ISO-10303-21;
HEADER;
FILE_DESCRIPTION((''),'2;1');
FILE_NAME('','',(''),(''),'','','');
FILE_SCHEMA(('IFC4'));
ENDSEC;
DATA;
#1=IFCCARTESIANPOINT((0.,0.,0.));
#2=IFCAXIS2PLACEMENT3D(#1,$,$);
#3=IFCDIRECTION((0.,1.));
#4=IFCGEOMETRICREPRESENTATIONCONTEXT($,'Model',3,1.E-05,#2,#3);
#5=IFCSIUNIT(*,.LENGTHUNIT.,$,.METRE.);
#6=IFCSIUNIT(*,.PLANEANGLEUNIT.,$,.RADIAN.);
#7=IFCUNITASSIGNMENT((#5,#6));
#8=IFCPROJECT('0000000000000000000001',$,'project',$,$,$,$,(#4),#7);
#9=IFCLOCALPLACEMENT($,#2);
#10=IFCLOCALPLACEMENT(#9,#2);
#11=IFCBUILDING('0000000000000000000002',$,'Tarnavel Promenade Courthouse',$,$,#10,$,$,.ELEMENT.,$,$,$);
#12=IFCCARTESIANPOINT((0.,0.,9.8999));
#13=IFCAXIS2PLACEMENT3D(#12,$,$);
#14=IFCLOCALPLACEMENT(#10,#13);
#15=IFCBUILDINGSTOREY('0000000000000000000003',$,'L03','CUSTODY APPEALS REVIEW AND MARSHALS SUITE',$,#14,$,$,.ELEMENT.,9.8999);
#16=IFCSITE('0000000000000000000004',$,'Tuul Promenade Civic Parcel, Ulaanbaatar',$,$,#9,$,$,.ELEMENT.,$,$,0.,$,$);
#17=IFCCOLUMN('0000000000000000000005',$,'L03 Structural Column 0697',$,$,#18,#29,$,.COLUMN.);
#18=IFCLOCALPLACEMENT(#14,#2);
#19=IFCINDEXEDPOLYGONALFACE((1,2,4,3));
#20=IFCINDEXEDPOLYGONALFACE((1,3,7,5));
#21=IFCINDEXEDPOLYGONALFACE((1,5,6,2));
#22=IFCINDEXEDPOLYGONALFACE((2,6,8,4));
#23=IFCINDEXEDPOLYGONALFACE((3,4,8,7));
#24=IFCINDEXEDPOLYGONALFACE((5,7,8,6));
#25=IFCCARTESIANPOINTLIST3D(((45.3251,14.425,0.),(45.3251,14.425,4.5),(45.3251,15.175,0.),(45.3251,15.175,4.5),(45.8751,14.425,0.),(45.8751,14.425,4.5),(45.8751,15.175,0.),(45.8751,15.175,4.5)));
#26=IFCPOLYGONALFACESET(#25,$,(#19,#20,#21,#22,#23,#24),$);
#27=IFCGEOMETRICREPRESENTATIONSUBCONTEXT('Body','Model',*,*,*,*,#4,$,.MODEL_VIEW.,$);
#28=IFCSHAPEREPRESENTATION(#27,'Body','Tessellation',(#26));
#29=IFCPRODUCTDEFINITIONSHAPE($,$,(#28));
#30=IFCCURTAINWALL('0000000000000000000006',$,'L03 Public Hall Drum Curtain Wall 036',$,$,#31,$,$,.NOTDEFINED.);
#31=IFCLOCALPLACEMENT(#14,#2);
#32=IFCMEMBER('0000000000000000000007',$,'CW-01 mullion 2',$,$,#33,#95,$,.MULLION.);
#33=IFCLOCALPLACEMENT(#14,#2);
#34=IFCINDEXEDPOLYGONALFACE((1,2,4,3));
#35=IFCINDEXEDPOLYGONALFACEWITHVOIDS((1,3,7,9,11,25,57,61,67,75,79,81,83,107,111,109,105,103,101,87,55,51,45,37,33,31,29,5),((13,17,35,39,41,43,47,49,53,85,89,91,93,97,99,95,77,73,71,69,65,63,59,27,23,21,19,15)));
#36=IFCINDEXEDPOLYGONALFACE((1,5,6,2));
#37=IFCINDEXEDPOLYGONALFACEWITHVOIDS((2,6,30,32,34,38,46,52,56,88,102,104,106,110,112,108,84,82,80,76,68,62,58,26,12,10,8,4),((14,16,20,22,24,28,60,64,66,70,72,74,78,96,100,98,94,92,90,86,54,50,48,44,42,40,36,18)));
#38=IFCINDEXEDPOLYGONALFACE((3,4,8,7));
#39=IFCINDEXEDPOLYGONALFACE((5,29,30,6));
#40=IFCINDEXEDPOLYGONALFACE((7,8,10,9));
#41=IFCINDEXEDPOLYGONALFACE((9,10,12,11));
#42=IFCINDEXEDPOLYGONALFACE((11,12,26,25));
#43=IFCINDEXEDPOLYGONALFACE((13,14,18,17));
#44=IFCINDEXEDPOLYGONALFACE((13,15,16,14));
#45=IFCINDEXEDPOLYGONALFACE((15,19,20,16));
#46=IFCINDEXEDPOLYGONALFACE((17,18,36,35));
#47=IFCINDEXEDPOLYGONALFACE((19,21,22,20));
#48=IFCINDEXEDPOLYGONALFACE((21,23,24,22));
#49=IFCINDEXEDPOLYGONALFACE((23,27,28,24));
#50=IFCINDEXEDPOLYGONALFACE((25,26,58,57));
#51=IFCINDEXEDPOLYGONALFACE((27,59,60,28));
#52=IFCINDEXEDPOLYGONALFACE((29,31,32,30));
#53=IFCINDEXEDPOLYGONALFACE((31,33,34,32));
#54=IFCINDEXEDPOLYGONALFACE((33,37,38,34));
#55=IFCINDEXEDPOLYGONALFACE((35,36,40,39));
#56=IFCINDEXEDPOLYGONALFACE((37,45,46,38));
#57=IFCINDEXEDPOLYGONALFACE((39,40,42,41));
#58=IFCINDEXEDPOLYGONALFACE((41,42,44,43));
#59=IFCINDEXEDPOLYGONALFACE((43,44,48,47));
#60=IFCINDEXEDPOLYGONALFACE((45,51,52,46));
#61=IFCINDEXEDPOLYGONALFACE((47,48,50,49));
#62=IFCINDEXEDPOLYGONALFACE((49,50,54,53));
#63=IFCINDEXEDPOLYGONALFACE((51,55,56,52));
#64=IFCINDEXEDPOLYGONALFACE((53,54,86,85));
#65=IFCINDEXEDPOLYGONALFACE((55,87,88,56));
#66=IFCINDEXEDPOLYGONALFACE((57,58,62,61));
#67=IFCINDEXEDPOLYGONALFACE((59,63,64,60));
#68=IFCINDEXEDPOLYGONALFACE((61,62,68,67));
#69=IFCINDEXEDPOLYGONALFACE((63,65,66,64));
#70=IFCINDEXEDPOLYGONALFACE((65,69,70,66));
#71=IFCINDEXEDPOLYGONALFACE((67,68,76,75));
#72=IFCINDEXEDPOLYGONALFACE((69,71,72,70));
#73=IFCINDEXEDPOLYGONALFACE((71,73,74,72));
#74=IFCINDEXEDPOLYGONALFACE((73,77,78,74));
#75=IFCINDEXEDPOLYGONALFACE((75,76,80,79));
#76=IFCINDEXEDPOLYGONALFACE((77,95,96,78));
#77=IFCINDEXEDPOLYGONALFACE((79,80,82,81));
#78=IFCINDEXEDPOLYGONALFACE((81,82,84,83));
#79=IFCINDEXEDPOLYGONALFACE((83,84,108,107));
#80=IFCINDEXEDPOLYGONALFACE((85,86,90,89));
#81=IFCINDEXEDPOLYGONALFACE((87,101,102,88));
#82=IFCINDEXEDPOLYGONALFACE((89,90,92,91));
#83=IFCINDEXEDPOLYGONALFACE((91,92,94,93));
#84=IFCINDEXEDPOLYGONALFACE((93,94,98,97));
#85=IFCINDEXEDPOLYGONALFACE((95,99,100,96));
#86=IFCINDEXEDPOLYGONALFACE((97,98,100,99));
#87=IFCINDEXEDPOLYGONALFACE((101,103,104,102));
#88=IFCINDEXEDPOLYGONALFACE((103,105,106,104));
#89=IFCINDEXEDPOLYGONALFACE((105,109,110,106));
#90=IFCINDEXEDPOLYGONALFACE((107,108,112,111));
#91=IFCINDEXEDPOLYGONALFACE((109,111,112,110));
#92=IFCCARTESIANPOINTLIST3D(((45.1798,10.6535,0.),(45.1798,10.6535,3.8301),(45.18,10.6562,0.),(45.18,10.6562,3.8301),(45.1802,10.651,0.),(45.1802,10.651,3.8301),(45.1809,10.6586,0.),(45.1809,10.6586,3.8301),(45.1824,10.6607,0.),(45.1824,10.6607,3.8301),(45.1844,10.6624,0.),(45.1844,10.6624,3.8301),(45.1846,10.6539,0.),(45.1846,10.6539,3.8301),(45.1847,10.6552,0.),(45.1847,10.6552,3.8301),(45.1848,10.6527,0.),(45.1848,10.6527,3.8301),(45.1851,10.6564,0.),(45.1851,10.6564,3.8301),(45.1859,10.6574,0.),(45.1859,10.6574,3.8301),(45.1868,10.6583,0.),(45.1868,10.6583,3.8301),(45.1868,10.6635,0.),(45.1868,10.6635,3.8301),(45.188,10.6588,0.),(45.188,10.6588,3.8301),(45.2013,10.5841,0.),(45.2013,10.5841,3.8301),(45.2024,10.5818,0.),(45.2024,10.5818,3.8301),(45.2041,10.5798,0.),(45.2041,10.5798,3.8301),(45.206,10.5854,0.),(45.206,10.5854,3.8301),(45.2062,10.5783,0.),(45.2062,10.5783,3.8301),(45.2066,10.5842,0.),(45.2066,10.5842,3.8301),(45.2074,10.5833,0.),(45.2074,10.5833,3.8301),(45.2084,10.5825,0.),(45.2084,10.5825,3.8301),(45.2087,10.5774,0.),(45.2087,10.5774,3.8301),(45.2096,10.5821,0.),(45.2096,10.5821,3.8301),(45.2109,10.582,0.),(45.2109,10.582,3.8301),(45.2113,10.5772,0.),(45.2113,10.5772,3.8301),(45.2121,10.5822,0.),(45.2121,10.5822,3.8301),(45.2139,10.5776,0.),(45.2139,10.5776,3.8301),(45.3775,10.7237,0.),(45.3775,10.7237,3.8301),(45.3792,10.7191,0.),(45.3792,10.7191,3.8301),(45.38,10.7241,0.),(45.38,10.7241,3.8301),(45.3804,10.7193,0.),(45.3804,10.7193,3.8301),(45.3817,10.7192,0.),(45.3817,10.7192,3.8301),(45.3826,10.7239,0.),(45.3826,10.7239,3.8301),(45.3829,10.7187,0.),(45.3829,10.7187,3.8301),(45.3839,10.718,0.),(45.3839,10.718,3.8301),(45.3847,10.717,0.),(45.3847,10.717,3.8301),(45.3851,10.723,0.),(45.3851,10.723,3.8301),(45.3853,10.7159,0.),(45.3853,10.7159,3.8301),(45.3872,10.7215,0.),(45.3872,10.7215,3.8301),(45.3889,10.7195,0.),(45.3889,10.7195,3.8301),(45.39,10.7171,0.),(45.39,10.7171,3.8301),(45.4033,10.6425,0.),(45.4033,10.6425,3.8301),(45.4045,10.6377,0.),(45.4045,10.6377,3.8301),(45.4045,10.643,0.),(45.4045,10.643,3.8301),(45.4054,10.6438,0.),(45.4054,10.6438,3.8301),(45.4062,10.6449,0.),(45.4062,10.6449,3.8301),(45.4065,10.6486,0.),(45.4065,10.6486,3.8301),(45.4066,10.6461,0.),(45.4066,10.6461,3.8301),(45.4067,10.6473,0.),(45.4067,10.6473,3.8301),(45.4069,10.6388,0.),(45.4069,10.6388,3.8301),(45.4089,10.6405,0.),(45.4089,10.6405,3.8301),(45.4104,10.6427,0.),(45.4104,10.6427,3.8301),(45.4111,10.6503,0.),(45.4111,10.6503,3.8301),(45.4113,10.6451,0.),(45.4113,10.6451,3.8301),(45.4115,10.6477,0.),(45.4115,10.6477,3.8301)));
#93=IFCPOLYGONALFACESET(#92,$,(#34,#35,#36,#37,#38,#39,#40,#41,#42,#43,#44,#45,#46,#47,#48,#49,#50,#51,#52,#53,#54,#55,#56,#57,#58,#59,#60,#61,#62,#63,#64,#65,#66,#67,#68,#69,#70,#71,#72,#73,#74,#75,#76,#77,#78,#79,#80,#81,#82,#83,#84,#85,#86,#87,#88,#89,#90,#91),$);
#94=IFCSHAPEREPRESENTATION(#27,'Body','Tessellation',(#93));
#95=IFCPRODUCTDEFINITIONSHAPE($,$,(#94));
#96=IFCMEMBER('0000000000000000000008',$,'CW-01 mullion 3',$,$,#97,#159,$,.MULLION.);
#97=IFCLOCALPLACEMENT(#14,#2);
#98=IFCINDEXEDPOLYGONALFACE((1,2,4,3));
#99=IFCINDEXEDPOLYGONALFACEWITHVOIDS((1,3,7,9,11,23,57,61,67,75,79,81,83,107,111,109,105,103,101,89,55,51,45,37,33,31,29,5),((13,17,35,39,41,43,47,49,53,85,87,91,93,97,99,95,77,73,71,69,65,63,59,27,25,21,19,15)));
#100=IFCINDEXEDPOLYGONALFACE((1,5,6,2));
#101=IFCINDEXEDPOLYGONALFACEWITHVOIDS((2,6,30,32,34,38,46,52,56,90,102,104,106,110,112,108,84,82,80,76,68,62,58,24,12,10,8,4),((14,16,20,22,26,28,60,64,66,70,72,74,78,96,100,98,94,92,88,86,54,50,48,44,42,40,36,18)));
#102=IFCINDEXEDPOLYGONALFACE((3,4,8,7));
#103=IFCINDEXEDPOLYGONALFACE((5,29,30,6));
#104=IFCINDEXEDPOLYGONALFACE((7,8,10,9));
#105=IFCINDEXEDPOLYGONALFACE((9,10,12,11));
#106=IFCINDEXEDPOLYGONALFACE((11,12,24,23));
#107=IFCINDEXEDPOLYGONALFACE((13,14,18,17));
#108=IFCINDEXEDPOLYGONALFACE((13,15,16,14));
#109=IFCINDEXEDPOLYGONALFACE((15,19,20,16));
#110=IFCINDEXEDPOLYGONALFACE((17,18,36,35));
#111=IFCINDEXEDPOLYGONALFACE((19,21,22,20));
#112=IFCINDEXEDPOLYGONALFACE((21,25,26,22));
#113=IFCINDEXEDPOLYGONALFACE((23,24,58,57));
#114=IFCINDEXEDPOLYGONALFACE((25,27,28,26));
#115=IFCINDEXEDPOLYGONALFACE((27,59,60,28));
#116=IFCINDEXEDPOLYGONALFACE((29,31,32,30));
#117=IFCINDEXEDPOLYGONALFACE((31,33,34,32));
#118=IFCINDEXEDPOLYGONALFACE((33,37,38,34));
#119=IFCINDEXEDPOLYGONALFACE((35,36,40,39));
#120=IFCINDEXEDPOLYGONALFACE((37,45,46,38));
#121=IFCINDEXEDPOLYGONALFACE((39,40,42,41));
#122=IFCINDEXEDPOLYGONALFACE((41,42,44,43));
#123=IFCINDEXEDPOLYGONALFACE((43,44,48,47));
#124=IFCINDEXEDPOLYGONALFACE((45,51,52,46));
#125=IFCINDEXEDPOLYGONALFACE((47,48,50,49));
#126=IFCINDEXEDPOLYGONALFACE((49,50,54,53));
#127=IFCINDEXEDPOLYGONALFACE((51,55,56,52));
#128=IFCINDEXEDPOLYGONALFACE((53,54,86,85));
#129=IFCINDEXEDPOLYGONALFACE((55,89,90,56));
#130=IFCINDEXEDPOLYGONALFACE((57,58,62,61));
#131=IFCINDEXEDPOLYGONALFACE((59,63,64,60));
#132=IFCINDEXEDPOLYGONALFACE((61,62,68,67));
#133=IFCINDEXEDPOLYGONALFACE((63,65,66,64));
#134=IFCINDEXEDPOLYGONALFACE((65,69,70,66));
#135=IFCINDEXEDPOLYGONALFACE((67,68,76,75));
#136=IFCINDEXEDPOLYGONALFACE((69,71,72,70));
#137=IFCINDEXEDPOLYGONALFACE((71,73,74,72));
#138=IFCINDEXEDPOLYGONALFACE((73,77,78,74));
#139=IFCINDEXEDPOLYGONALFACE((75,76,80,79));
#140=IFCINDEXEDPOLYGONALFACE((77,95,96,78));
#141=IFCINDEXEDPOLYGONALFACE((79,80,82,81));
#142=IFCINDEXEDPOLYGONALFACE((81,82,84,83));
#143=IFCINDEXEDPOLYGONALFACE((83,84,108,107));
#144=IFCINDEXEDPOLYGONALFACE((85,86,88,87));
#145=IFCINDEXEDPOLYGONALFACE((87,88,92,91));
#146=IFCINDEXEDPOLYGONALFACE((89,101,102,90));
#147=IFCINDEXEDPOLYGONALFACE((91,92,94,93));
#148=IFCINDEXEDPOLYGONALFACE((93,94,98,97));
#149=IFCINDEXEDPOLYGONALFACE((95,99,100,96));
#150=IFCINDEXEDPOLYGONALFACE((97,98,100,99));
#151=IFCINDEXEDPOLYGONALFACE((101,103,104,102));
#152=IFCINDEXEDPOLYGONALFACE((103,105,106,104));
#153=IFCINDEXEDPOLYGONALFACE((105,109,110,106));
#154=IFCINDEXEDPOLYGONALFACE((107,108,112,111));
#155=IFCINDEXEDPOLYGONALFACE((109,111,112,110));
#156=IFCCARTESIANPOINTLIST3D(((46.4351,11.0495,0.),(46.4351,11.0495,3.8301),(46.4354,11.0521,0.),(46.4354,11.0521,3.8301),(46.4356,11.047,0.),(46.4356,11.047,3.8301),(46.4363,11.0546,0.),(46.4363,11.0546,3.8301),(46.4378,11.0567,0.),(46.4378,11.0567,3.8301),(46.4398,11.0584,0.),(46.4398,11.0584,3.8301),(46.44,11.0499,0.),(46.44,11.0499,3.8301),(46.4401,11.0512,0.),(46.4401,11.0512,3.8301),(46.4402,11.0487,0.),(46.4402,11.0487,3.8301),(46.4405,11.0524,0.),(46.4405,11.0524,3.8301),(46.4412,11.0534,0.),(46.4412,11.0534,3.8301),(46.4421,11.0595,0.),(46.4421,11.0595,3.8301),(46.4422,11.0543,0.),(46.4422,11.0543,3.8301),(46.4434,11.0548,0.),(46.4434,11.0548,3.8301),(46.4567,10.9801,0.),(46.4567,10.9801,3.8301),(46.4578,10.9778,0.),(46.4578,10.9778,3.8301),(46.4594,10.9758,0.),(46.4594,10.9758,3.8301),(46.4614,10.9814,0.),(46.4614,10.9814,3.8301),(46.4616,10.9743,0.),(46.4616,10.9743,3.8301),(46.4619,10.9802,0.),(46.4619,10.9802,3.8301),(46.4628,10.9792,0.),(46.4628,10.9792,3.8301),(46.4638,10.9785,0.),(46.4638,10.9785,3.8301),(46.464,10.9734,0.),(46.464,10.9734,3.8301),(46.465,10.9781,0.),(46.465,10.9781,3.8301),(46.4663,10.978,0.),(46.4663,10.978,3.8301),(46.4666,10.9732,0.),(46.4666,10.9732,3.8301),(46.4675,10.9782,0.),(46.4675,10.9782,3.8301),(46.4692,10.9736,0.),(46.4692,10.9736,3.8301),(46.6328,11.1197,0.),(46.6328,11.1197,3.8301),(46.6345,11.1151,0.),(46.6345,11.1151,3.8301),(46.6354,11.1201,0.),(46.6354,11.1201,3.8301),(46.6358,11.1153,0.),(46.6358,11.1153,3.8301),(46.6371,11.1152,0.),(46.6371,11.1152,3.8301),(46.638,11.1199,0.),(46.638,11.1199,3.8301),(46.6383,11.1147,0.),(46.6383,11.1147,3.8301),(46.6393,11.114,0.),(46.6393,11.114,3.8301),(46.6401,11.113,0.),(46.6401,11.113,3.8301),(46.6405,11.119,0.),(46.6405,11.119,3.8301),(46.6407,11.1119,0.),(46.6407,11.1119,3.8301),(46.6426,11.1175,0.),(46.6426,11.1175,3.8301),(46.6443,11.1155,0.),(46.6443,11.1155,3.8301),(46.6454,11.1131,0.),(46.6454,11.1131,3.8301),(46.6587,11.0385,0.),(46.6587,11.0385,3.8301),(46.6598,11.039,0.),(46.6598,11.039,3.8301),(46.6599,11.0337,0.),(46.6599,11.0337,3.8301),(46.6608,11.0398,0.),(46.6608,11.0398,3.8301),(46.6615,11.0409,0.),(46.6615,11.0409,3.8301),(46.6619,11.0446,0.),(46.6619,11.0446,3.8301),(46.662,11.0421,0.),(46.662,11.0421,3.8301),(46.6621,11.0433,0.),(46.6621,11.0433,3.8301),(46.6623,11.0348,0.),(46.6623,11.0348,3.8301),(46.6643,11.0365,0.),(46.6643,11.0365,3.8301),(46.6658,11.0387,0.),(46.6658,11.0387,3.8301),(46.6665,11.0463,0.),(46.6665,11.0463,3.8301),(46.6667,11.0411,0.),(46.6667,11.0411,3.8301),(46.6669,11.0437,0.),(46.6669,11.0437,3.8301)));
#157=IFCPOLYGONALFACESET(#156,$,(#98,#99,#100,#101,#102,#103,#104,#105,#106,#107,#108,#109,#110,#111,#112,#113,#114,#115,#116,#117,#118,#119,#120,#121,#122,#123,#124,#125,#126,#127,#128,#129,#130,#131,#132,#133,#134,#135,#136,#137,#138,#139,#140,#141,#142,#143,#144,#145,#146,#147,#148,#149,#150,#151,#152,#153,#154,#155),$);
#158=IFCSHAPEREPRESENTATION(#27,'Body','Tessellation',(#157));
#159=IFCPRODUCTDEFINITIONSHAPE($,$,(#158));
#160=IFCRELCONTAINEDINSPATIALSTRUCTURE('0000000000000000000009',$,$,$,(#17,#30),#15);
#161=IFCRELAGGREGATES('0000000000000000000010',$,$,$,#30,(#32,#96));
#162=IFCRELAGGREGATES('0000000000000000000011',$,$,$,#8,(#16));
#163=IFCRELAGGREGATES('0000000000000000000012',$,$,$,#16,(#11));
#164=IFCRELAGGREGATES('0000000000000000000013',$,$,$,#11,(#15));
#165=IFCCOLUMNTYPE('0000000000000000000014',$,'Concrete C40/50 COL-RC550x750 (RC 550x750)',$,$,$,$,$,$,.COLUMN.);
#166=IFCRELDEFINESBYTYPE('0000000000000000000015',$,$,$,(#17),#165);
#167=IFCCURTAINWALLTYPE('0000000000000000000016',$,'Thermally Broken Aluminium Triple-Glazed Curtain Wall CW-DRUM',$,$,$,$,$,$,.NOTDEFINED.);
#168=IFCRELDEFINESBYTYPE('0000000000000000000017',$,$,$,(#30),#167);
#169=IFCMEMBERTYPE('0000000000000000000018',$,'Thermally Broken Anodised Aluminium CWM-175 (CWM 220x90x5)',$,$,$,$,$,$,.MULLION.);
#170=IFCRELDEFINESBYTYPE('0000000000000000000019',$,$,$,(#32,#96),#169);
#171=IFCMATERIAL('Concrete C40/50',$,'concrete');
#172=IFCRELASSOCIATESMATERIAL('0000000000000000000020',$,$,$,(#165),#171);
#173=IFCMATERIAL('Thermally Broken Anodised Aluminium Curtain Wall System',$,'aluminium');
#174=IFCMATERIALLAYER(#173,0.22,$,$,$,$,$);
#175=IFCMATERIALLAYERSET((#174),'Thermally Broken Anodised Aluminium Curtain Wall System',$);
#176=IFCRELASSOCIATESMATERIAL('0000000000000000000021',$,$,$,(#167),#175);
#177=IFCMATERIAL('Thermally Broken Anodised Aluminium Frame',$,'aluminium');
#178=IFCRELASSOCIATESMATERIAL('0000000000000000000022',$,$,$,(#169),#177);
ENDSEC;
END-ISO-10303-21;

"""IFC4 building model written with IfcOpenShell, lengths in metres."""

from ifc_helpers import new_model, si_unit, direction, frame, origin, origin_2d, place, context, subcontext, project, spatial, rectangle, hollow_rectangle, extrude, material, layer, layer_set, material_profile, profile_set, type_object, element, aggregate, save


model = new_model("IFC4")

# Units and contexts
model_context = context("Model", 3, precision=1e-05, world=origin(), true_north=direction((0.0, 1.0)))
body_context = subcontext(model_context, "Body", "Model", "MODEL_VIEW")
ifc_project = project(units=[si_unit("LENGTHUNIT", "METRE"), si_unit("PLANEANGLEUNIT", "RADIAN")], contexts=[model_context])

# Site, building, storey
site_placement = place(None, origin())
site = spatial("IfcSite", under=ifc_project, at=site_placement, Name="Tuul Promenade Civic Parcel, Ulaanbaatar", CompositionType="ELEMENT", RefElevation=0.0)
building_placement = place(site_placement, origin())
building = spatial("IfcBuilding", under=site, at=building_placement, Name="Tarnavel Promenade Courthouse", CompositionType="ELEMENT")
storey_placement = place(building_placement, frame((0.0, 0.0, 9.8999)))
storey = spatial("IfcBuildingStorey", under=building, at=storey_placement, Name="L03", Description="CUSTODY APPEALS REVIEW AND MARSHALS SUITE", CompositionType="ELEMENT", Elevation=9.8999)

# Column
ifc_material_1 = material(Name="Concrete C40/50", Category="concrete")
ifc_material_profile_1 = material_profile(ifc_material_1, rectangle(XDim=0.55, YDim=0.75, at=origin_2d()), Name="RC 550x750")
ifc_profile_set_1 = profile_set([ifc_material_profile_1], Name="Concrete C40/50")
column_type = type_object("IfcColumnType", Name="Concrete C40/50 COL-RC550x750 (RC 550x750)", PredefinedType="COLUMN", material=ifc_profile_set_1)
column_placement = place(storey_placement, frame((45.6001, 14.8, 0.0), z_axis=(0.0, 0.0, 1.0), x_axis=(1.0, 0.0, 0.0)))
element("IfcColumn", 1, at=column_placement, inside=storey, type_object=column_type, Name="L03 Structural Column 0697", PredefinedType="COLUMN", context=body_context, shape_type="SweptSolid", body=[
    extrude(rectangle(XDim=0.55, YDim=0.75, at=origin_2d()), origin(), (0.0, 0.0, 1.0), 4.5),
])

# Curtain wall, members
ifc_material_2 = material(Name="Thermally Broken Anodised Aluminium Curtain Wall System", Category="aluminium")
ifc_layer_1 = layer(ifc_material_2, 0.22)
ifc_layer_set_1 = layer_set([ifc_layer_1], Name="Thermally Broken Anodised Aluminium Curtain Wall System")
curtain_wall_type = type_object("IfcCurtainWallType", Name="Thermally Broken Aluminium Triple-Glazed Curtain Wall CW-DRUM", PredefinedType="NOTDEFINED", material=ifc_layer_set_1)
curtain_wall_1_placement = place(storey_placement, origin())
curtain_wall_1 = element("IfcCurtainWall", 2, at=curtain_wall_1_placement, inside=storey, type_object=curtain_wall_type, Name="L03 Public Hall Drum Curtain Wall 036", PredefinedType="NOTDEFINED")
ifc_material_3 = material(Name="Thermally Broken Anodised Aluminium Frame", Category="aluminium")
ifc_material_profile_2 = material_profile(ifc_material_3, hollow_rectangle(XDim=0.0901, YDim=0.22, WallThickness=0.0049, InnerFilletRadius=0.0049, OuterFilletRadius=0.01, at=origin_2d()), Name="CWM 220x90x5")
ifc_profile_set_2 = profile_set([ifc_material_profile_2], Name="Thermally Broken Anodised Aluminium Frame")
member_type_1 = type_object("IfcMemberType", Name="Thermally Broken Anodised Aluminium CWM-175 (CWM 220x90x5)", PredefinedType="MULLION", material=ifc_profile_set_2)
member_1_placement = place(storey_placement, frame((45.2957, 10.6506, 0.0), z_axis=(0.0, 0.0, 1.0), x_axis=(-0.300705, 0.953717, 0.0)))
member_1 = element("IfcMember", 3, at=member_1_placement, type_object=member_type_1, Name="CW-01 mullion 2", PredefinedType="MULLION", context=body_context, shape_type="SweptSolid", body=[
    extrude(hollow_rectangle(XDim=0.0901, YDim=0.22, WallThickness=0.0049, InnerFilletRadius=0.0049, OuterFilletRadius=0.01, at=origin_2d()), origin(), (0.0, 0.0, 1.0), 3.8301),
])
member_2_placement = place(storey_placement, frame((46.551, 11.0466, 0.0), z_axis=(0.0, 0.0, 1.0), x_axis=(-0.300705, 0.953717, 0.0)))
member_2 = element("IfcMember", 4, at=member_2_placement, type_object=member_type_1, Name="CW-01 mullion 3", PredefinedType="MULLION", context=body_context, shape_type="SweptSolid", body=[
    extrude(hollow_rectangle(XDim=0.0901, YDim=0.22, WallThickness=0.0049, InnerFilletRadius=0.0049, OuterFilletRadius=0.01, at=origin_2d()), origin(), (0.0, 0.0, 1.0), 3.8301),
])

aggregate(curtain_wall_1, [member_1, member_2])

save(model, "model.ifc")
